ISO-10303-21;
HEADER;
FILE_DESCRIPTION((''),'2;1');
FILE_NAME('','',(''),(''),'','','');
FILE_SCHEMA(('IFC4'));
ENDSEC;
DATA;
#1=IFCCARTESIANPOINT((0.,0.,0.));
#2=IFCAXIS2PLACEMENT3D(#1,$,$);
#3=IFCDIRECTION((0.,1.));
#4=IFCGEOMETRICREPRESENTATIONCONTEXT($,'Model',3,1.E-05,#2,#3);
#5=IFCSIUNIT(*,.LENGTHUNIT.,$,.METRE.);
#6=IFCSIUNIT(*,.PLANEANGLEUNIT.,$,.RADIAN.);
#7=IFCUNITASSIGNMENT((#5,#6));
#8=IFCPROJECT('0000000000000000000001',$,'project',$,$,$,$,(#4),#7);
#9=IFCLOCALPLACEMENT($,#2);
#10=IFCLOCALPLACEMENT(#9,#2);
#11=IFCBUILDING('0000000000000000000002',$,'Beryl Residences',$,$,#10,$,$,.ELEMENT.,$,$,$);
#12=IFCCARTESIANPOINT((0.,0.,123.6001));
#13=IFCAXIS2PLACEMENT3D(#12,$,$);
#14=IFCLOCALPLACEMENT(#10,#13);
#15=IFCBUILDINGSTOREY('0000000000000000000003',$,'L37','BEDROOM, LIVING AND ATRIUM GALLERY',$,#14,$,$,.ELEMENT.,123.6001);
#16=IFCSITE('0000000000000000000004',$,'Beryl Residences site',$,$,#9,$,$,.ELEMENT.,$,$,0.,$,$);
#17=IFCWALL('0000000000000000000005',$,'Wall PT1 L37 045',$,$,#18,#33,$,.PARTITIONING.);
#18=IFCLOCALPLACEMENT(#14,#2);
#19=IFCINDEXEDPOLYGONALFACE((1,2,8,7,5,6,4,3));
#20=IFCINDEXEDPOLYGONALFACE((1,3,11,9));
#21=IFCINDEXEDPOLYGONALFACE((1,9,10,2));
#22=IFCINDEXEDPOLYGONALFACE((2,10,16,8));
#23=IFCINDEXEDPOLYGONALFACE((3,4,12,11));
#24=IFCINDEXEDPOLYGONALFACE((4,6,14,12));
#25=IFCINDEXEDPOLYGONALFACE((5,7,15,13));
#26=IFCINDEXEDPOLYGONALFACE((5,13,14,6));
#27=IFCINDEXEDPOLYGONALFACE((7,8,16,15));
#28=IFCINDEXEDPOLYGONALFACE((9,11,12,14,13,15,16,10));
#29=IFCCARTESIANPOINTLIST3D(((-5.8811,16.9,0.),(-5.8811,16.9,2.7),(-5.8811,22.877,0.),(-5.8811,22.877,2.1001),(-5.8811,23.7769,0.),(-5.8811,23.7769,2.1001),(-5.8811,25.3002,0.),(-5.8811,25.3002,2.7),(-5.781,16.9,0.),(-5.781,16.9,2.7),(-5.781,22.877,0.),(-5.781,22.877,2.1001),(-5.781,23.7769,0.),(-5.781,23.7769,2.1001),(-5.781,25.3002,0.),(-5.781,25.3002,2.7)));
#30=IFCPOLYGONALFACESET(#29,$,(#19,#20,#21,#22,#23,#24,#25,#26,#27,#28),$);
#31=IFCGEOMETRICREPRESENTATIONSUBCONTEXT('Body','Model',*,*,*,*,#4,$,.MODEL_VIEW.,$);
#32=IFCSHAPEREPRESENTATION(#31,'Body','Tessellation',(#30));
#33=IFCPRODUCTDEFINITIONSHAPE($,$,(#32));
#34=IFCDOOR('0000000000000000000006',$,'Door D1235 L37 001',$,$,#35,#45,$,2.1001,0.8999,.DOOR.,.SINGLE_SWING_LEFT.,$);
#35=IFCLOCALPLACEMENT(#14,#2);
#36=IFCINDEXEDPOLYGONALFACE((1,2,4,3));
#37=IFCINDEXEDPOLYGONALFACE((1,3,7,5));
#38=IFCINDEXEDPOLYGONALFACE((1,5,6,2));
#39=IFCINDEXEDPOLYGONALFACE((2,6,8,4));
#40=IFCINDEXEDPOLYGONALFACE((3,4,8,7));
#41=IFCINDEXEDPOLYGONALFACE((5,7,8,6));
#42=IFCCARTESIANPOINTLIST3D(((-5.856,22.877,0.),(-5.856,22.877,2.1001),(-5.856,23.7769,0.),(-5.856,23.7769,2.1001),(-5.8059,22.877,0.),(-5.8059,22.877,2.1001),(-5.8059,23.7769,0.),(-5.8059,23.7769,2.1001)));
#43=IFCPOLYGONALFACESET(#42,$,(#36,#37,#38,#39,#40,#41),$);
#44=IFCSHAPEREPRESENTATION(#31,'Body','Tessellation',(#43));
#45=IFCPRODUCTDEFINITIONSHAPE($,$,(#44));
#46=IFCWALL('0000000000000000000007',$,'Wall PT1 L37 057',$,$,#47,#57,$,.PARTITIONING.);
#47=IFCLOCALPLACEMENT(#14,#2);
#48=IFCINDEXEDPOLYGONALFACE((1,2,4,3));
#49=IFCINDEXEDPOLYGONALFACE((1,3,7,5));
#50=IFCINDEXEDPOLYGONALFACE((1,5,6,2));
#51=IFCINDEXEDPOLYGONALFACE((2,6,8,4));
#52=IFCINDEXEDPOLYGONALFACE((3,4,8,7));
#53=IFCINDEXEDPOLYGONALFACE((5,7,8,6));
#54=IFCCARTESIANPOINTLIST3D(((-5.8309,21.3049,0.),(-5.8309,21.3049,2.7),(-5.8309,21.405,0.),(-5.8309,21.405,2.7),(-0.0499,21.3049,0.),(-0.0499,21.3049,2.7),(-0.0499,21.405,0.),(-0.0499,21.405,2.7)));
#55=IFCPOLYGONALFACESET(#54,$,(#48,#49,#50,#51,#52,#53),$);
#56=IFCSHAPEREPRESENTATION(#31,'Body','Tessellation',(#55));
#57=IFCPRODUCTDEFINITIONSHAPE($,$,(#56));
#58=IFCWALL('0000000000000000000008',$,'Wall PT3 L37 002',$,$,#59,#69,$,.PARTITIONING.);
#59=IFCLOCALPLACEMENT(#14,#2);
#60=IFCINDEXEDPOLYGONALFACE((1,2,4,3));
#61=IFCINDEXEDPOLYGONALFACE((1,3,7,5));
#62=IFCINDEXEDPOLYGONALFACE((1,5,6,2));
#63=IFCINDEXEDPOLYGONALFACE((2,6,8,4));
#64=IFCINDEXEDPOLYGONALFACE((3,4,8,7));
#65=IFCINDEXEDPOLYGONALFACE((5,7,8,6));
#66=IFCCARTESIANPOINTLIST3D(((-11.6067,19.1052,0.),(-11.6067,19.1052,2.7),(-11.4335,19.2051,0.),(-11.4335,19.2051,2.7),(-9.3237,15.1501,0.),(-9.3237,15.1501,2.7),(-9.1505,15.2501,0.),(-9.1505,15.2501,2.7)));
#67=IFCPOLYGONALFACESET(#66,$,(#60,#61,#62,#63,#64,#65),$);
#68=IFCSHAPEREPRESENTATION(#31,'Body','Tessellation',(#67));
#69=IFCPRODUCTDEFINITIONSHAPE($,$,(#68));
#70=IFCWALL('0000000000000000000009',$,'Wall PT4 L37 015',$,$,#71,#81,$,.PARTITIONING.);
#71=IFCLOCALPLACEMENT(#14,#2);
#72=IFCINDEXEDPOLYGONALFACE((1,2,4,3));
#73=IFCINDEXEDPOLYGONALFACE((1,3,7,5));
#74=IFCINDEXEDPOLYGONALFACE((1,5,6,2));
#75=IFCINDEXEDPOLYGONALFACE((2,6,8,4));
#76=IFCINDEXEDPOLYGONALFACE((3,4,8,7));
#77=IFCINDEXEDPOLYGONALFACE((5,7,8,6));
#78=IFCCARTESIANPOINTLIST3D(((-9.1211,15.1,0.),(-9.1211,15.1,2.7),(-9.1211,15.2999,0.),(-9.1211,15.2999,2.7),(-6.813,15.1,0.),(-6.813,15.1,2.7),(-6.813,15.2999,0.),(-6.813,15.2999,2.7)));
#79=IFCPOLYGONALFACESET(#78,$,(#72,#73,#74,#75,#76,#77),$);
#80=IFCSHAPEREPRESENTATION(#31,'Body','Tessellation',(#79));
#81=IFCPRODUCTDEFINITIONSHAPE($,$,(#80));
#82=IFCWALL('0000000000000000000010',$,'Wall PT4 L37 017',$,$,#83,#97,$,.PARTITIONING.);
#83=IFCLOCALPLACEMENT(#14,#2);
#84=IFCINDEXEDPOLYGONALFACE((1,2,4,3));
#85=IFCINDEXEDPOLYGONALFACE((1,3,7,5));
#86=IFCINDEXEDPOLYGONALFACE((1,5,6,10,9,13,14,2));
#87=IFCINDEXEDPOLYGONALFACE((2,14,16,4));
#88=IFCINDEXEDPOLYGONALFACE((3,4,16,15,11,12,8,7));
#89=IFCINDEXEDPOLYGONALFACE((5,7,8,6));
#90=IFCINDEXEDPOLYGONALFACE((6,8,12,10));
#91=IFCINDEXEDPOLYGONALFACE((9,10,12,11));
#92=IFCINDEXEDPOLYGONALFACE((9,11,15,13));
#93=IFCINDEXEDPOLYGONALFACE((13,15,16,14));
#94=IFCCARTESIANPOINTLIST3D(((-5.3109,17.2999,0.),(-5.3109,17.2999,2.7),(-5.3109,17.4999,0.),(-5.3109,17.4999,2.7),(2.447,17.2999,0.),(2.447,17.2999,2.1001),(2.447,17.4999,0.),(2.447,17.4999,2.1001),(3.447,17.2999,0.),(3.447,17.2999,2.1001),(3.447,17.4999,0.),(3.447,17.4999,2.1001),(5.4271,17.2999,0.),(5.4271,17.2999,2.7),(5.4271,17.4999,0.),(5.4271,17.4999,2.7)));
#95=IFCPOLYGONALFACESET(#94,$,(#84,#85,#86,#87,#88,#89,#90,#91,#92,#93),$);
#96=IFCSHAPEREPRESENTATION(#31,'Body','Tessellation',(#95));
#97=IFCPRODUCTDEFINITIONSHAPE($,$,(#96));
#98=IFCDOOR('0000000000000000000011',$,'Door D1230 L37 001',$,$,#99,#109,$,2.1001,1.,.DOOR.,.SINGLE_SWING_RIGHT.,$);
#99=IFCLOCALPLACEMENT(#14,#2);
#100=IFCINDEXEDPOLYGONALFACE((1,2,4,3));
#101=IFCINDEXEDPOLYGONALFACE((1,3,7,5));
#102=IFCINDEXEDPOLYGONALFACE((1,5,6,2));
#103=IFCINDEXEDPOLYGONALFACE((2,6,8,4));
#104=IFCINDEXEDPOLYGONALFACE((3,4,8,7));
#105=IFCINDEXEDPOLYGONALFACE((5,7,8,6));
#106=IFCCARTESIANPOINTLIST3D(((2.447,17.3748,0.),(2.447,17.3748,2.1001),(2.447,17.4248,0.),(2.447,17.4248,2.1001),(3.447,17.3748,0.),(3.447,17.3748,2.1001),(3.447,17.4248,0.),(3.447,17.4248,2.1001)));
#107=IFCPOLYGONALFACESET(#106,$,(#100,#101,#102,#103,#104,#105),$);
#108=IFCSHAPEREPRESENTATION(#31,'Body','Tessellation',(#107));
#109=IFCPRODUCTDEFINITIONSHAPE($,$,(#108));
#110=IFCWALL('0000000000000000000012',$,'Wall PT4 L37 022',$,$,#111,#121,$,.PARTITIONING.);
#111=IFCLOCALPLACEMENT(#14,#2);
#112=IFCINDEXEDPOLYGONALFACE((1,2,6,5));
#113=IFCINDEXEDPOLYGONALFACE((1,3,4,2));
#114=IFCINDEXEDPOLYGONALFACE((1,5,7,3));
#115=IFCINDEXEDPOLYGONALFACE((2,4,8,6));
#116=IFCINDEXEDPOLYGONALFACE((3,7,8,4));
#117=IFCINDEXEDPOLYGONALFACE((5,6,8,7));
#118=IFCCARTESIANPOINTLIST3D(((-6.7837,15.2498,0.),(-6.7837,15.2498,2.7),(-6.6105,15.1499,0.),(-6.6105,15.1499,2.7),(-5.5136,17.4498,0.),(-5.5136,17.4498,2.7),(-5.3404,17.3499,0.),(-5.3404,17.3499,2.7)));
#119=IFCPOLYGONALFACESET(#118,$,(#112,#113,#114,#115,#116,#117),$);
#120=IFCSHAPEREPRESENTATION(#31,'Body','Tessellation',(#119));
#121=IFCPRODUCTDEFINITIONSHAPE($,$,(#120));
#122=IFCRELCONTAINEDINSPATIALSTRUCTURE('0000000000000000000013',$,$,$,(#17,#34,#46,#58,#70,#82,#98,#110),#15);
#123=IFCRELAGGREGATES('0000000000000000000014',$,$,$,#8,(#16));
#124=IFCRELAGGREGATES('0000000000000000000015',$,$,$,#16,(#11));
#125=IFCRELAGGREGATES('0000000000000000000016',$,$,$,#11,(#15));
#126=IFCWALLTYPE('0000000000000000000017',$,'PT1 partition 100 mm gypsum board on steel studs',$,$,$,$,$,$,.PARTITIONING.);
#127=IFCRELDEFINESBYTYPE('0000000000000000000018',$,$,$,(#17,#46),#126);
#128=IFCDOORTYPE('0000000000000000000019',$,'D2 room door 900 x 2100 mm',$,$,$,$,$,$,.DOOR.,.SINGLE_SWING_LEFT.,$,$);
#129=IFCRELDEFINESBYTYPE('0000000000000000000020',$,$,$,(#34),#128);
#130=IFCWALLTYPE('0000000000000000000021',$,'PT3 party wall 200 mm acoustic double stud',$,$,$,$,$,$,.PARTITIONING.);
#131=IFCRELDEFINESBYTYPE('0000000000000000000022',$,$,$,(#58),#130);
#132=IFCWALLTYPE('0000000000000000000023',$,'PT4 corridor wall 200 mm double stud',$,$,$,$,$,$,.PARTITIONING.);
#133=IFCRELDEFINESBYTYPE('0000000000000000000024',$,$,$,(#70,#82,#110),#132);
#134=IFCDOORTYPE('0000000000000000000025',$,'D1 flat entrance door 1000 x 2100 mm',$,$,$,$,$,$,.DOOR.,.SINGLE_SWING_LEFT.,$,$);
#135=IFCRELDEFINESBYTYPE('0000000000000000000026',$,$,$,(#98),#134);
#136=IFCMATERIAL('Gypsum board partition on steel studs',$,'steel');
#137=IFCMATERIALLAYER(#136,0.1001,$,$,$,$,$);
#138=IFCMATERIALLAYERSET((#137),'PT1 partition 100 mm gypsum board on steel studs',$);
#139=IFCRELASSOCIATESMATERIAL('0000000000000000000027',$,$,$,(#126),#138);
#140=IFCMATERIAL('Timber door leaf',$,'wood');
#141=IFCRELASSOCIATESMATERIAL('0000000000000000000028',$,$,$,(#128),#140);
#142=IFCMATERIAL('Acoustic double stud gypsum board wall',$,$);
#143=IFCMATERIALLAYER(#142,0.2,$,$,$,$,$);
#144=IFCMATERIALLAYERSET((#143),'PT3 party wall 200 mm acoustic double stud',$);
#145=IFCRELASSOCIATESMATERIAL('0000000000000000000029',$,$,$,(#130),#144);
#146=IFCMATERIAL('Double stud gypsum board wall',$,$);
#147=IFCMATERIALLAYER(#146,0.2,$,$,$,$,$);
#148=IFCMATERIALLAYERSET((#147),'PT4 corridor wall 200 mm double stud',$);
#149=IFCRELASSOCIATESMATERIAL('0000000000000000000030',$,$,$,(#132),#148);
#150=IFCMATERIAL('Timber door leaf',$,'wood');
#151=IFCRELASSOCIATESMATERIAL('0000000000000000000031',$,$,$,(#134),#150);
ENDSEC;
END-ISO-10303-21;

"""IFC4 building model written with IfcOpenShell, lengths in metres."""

from ifc_helpers import new_model, si_unit, direction, frame, frame_2d, origin, place, context, subcontext, project, spatial, rectangle, extrude, material, layer, layer_set, type_object, element, fill, save


model = new_model("IFC4")

# Units and contexts
model_context = context("Model", 3, precision=1e-05, world=origin(), true_north=direction((0.0, 1.0)))
body_context = subcontext(model_context, "Body", "Model", "MODEL_VIEW")
ifc_project = project(units=[si_unit("LENGTHUNIT", "METRE"), si_unit("PLANEANGLEUNIT", "RADIAN")], contexts=[model_context])

# Site, building, storey
site_placement = place(None, origin())
site = spatial("IfcSite", under=ifc_project, at=site_placement, Name="Beryl Residences site", CompositionType="ELEMENT", RefElevation=0.0)
building_placement = place(site_placement, origin())
building = spatial("IfcBuilding", under=site, at=building_placement, Name="Beryl Residences", CompositionType="ELEMENT")
storey_placement = place(building_placement, frame((0.0, 0.0, 123.6001)))
storey = spatial("IfcBuildingStorey", under=building, at=storey_placement, Name="L37", Description="BEDROOM, LIVING AND ATRIUM GALLERY", CompositionType="ELEMENT", Elevation=123.6001)

# Shared definitions
ifc_material_1 = material(Name="Gypsum board partition on steel studs", Category="steel")
ifc_layer_1 = layer(ifc_material_1, 0.1001)
ifc_layer_set_1 = layer_set([ifc_layer_1], Name="PT1 partition 100 mm gypsum board on steel studs")
wall_type_1 = type_object("IfcWallType", Name="PT1 partition 100 mm gypsum board on steel studs", PredefinedType="PARTITIONING", material=ifc_layer_set_1)

# Wall, opening, door
wall_1_placement = place(storey_placement, frame((-5.8311, 16.8999, 0.0), z_axis=(0.0, 0.0, 1.0), x_axis=(0.0, 1.0, 0.0)))
wall_1 = element("IfcWall", 1, at=wall_1_placement, inside=storey, type_object=wall_type_1, Name="Wall PT1 L37 045", PredefinedType="PARTITIONING", context=body_context, shape_type="SweptSolid", body=[
    extrude(rectangle(XDim=8.4001, YDim=0.1001, at=frame_2d((4.2002, 0.0))), origin(), (0.0, 0.0, 1.0), 2.7),
])
opening_1_placement = place(wall_1_placement, frame((5.9771, 0.0, 0.0)))
opening_1 = element("IfcOpeningElement", 2, at=opening_1_placement, cuts=wall_1, PredefinedType="OPENING", context=body_context, shape_type="SweptSolid", body=[
    extrude(rectangle(XDim=0.8999, YDim=2.1001, at=frame_2d((0.45, 1.05))), frame((0.0, 0.0601, 0.0), z_axis=(0.0, -1.0, 0.0), x_axis=(1.0, 0.0, 0.0)), (0.0, 0.0, 1.0), 0.1201),
])
ifc_material_2 = material(Name="Timber door leaf", Category="wood")
door_type_1 = type_object("IfcDoorType", Name="D2 room door 900 x 2100 mm", OperationType="SINGLE_SWING_LEFT", PredefinedType="DOOR", material=ifc_material_2)
door_1_placement = place(opening_1_placement, origin())
door_1 = element("IfcDoor", 3, at=door_1_placement, inside=storey, type_object=door_type_1, Name="Door D1235 L37 001", OperationType="SINGLE_SWING_LEFT", OverallHeight=2.1001, OverallWidth=0.8999, PredefinedType="DOOR", context=body_context, shape_type="SweptSolid", body=[
    extrude(rectangle(XDim=0.8999, YDim=2.1001, at=frame_2d((0.45, 1.05))), frame((0.0, 0.0249, 0.0), z_axis=(0.0, -1.0, 0.0), x_axis=(1.0, 0.0, 0.0)), (0.0, 0.0, 1.0), 0.05),
])
fill(opening_1, door_1)

# Walls
wall_2_placement = place(storey_placement, frame((-5.8311, 21.355, 0.0), z_axis=(0.0, 0.0, 1.0), x_axis=(1.0, 0.0, 0.0)))
element("IfcWall", 4, at=wall_2_placement, inside=storey, type_object=wall_type_1, Name="Wall PT1 L37 057", PredefinedType="PARTITIONING", context=body_context, shape_type="SweptSolid", body=[
    extrude(rectangle(XDim=5.781, YDim=0.1001, at=frame_2d((2.8906, 0.0))), origin(), (0.0, 0.0, 1.0), 2.7),
])
ifc_material_3 = material(Name="Acoustic double stud gypsum board wall")
ifc_layer_2 = layer(ifc_material_3, 0.2)
ifc_layer_set_2 = layer_set([ifc_layer_2], Name="PT3 party wall 200 mm acoustic double stud")
wall_type_2 = type_object("IfcWallType", Name="PT3 party wall 200 mm acoustic double stud", PredefinedType="PARTITIONING", material=ifc_layer_set_2)
wall_3_placement = place(storey_placement, frame((-11.52, 19.155, 0.0), z_axis=(0.0, 0.0, 1.0), x_axis=(0.499917, -0.866073, 0.0)))
element("IfcWall", 5, at=wall_3_placement, inside=storey, type_object=wall_type_2, Name="Wall PT3 L37 002", PredefinedType="PARTITIONING", context=body_context, shape_type="SweptSolid", body=[
    extrude(rectangle(XDim=4.5667, YDim=0.2, at=frame_2d((2.2832, 0.0))), origin(), (0.0, 0.0, 1.0), 2.7),
])
ifc_material_4 = material(Name="Double stud gypsum board wall")
ifc_layer_3 = layer(ifc_material_4, 0.2)
ifc_layer_set_3 = layer_set([ifc_layer_3], Name="PT4 corridor wall 200 mm double stud")
wall_type_3 = type_object("IfcWallType", Name="PT4 corridor wall 200 mm double stud", PredefinedType="PARTITIONING", material=ifc_layer_set_3)
wall_4_placement = place(storey_placement, frame((-9.1211, 15.2, 0.0), z_axis=(0.0, 0.0, 1.0), x_axis=(1.0, 0.0, 0.0)))
element("IfcWall", 6, at=wall_4_placement, inside=storey, type_object=wall_type_3, Name="Wall PT4 L37 015", PredefinedType="PARTITIONING", context=body_context, shape_type="SweptSolid", body=[
    extrude(rectangle(XDim=2.3081, YDim=0.2, at=frame_2d((1.1541, 0.0))), origin(), (0.0, 0.0, 1.0), 2.7),
])

# Wall, opening, door
wall_5_placement = place(storey_placement, frame((-5.311, 17.3999, 0.0), z_axis=(0.0, 0.0, 1.0), x_axis=(1.0, 0.0, 0.0)))
wall_5 = element("IfcWall", 7, at=wall_5_placement, inside=storey, type_object=wall_type_3, Name="Wall PT4 L37 017", PredefinedType="PARTITIONING", context=body_context, shape_type="SweptSolid", body=[
    extrude(rectangle(XDim=10.738, YDim=0.2, at=frame_2d((5.3691, 0.0))), origin(), (0.0, 0.0, 1.0), 2.7),
])
opening_2_placement = place(wall_5_placement, frame((7.7581, 0.0, 0.0)))
opening_2 = element("IfcOpeningElement", 8, at=opening_2_placement, cuts=wall_5, PredefinedType="OPENING", context=body_context, shape_type="SweptSolid", body=[
    extrude(rectangle(XDim=1.0, YDim=2.1001, at=frame_2d((0.5, 1.05))), frame((0.0, 0.1099, 0.0), z_axis=(0.0, -1.0, 0.0), x_axis=(1.0, 0.0, 0.0)), (0.0, 0.0, 1.0), 0.22),
])
ifc_material_5 = material(Name="Timber door leaf", Category="wood")
door_type_2 = type_object("IfcDoorType", Name="D1 flat entrance door 1000 x 2100 mm", OperationType="SINGLE_SWING_LEFT", PredefinedType="DOOR", material=ifc_material_5)
door_2_placement = place(opening_2_placement, origin())
door_2 = element("IfcDoor", 9, at=door_2_placement, inside=storey, type_object=door_type_2, Name="Door D1230 L37 001", OperationType="SINGLE_SWING_RIGHT", OverallHeight=2.1001, OverallWidth=1.0, PredefinedType="DOOR", context=body_context, shape_type="SweptSolid", body=[
    extrude(rectangle(XDim=1.0, YDim=2.1001, at=frame_2d((0.5, 1.05))), frame((0.0, 0.0249, 0.0), z_axis=(0.0, -1.0, 0.0), x_axis=(1.0, 0.0, 0.0)), (0.0, 0.0, 1.0), 0.05),
])
fill(opening_2, door_2)

# Wall
wall_6_placement = place(storey_placement, frame((-6.697, 15.2, 0.0), z_axis=(0.0, 0.0, 1.0), x_axis=(0.499964, 0.866046, 0.0)))
element("IfcWall", 10, at=wall_6_placement, inside=storey, type_object=wall_type_3, Name="Wall PT4 L37 022", PredefinedType="PARTITIONING", context=body_context, shape_type="SweptSolid", body=[
    extrude(rectangle(XDim=2.5403, YDim=0.2, at=frame_2d((1.27, 0.0))), origin(), (0.0, 0.0, 1.0), 2.7),
])

save(model, "model.ifc")
